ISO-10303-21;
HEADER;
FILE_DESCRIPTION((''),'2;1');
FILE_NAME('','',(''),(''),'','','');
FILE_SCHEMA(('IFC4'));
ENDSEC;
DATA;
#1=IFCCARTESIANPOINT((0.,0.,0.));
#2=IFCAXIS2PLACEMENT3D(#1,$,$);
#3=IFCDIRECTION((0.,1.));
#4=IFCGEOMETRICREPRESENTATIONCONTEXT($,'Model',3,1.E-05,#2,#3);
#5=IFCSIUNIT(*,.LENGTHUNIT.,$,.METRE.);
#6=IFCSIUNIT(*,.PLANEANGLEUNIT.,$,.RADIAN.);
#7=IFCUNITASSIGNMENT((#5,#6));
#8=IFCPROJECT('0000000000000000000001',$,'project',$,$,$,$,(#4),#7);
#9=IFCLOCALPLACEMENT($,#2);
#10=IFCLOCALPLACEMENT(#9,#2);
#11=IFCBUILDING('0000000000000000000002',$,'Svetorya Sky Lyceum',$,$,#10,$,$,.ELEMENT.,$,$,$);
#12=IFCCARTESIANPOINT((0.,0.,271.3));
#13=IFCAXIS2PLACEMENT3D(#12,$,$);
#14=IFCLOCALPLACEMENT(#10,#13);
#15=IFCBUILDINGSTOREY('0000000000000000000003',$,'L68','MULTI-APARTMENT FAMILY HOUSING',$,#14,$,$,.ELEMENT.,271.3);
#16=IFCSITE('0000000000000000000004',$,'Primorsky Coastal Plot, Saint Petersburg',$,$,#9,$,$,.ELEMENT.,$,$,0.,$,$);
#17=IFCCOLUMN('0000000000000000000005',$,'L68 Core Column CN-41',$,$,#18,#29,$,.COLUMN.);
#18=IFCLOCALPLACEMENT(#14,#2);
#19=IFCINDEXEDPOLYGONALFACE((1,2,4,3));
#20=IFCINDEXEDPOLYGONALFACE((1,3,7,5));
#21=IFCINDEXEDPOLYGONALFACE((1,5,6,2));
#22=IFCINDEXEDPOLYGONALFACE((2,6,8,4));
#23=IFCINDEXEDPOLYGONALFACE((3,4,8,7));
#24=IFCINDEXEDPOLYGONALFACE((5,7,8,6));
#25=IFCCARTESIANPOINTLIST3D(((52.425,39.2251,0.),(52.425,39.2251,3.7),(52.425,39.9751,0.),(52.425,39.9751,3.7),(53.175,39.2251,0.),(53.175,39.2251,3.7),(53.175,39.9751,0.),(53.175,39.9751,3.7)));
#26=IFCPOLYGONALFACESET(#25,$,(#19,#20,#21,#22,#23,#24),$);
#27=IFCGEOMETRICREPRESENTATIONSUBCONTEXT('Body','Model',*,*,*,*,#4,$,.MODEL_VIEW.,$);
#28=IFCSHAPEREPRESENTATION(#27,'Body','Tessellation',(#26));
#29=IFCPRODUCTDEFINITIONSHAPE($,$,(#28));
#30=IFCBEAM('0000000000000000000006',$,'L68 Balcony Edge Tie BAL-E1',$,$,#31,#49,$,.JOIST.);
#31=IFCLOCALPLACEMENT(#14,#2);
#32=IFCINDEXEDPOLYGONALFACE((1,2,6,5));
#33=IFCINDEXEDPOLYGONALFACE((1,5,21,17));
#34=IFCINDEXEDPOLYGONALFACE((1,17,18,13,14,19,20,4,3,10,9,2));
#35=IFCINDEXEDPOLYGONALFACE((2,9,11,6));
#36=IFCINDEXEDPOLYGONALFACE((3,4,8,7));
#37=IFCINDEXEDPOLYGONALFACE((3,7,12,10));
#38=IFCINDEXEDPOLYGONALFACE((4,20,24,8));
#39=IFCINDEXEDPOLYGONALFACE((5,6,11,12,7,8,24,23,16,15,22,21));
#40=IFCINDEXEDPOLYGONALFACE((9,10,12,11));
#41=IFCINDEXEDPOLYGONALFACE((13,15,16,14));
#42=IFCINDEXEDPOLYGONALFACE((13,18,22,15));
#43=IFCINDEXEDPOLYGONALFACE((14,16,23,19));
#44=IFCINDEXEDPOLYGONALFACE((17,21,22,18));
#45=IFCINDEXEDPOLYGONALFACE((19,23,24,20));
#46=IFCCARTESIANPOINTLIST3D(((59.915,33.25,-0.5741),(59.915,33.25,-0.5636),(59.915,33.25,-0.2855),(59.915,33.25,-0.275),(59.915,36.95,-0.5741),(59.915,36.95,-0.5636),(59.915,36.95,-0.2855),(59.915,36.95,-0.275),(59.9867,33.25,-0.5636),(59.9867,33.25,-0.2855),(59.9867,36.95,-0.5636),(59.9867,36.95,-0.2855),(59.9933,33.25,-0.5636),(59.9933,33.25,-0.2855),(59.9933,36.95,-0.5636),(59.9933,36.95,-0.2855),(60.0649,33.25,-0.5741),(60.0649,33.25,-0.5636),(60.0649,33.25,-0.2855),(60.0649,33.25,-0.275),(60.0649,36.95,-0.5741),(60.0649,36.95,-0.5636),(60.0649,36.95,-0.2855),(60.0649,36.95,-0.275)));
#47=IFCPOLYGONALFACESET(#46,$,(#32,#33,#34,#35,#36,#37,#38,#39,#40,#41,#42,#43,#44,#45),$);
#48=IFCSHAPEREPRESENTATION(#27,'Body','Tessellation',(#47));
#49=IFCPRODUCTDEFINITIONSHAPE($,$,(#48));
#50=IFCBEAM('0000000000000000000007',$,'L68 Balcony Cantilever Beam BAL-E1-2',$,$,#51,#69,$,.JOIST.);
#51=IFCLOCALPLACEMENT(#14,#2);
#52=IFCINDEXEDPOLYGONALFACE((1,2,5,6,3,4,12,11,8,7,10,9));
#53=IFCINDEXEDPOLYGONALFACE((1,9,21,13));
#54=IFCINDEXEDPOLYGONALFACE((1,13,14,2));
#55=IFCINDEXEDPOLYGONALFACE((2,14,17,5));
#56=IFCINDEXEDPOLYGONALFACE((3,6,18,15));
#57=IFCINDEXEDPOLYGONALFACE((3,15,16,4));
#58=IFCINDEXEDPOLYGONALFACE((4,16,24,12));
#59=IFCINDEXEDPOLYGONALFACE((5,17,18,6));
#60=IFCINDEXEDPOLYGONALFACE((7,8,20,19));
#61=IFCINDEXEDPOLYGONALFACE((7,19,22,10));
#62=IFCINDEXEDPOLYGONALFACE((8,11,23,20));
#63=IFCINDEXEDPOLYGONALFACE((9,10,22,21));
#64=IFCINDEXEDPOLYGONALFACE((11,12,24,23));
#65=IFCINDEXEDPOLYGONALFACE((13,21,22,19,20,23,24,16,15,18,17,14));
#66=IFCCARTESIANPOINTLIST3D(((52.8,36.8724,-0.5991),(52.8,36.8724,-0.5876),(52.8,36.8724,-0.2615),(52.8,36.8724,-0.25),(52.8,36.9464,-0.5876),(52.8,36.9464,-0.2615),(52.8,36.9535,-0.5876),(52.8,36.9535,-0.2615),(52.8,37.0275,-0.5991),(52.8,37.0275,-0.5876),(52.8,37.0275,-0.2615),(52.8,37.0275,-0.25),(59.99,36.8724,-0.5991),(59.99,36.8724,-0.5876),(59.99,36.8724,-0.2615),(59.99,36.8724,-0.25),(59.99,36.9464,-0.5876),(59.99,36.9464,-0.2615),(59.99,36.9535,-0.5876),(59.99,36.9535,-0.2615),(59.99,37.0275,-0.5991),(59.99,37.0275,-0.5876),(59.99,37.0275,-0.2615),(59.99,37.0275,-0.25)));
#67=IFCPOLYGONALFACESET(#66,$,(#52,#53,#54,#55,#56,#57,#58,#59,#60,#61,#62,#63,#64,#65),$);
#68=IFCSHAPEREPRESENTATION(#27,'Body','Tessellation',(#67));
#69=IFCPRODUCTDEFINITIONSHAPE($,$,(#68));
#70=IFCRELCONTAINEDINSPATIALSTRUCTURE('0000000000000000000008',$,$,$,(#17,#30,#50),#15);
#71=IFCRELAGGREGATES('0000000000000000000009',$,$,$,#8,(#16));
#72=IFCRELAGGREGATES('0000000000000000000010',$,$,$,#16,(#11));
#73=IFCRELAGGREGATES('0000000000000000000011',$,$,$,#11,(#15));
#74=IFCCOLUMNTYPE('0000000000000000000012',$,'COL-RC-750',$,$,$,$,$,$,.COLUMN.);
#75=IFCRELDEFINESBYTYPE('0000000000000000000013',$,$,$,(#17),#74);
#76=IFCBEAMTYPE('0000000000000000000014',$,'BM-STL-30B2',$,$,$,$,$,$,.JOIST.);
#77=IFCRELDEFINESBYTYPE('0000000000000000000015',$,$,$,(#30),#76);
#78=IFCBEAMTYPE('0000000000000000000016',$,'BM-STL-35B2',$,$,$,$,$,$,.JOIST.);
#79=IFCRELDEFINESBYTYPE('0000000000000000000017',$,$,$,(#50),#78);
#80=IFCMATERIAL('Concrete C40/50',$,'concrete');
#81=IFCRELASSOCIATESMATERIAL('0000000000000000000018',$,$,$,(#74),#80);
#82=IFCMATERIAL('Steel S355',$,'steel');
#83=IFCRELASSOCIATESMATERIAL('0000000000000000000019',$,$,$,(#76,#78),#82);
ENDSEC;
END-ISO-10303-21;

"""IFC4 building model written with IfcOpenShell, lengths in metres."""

from ifc_helpers import new_model, si_unit, direction, frame, origin, origin_2d, place, context, subcontext, project, spatial, rectangle, i_section, extrude, material, material_profile, profile_set, type_object, element, save


model = new_model("IFC4")

# Units and contexts
model_context = context("Model", 3, precision=1e-05, world=origin(), true_north=direction((0.0, 1.0)))
body_context = subcontext(model_context, "Body", "Model", "MODEL_VIEW")
ifc_project = project(units=[si_unit("LENGTHUNIT", "METRE"), si_unit("PLANEANGLEUNIT", "RADIAN")], contexts=[model_context])

# Site, building, storey
site_placement = place(None, origin())
site = spatial("IfcSite", under=ifc_project, at=site_placement, Name="Primorsky Coastal Plot, Saint Petersburg", CompositionType="ELEMENT", RefElevation=0.0)
building_placement = place(site_placement, origin())
building = spatial("IfcBuilding", under=site, at=building_placement, Name="Svetorya Sky Lyceum", CompositionType="ELEMENT")
storey_placement = place(building_placement, frame((0.0, 0.0, 271.3)))
storey = spatial("IfcBuildingStorey", under=building, at=storey_placement, Name="L68", Description="MULTI-APARTMENT FAMILY HOUSING", CompositionType="ELEMENT", Elevation=271.3)

# Column
ifc_material_1 = material(Name="Concrete C40/50", Category="concrete")
ifc_material_profile_1 = material_profile(ifc_material_1, rectangle(XDim=0.75, YDim=0.75, at=origin_2d()), Name="RC COL 750x750")
ifc_profile_set_1 = profile_set([ifc_material_profile_1], Name="Concrete C40/50")
column_type = type_object("IfcColumnType", Name="COL-RC-750", PredefinedType="COLUMN", material=ifc_profile_set_1)
column_placement = place(storey_placement, frame((52.8, 39.6001, 0.0), z_axis=(0.0, 0.0, 1.0), x_axis=(1.0, 0.0, 0.0)))
element("IfcColumn", 1, at=column_placement, inside=storey, type_object=column_type, Name="L68 Core Column CN-41", PredefinedType="COLUMN", context=body_context, shape_type="SweptSolid", body=[
    extrude(rectangle(XDim=0.75, YDim=0.75, at=origin_2d()), origin(), (0.0, 0.0, 1.0), 3.7),
])

# Beams
ifc_material_2 = material(Name="Steel S355", Category="steel")
ifc_material_profile_2 = material_profile(ifc_material_2, i_section(OverallWidth=0.1499, OverallDepth=0.2991, WebThickness=0.0066, FlangeThickness=0.0105, at=origin_2d()), Name="GOST 30B2")
ifc_profile_set_2 = profile_set([ifc_material_profile_2], Name="Steel S355")
beam_type_1 = type_object("IfcBeamType", Name="BM-STL-30B2", PredefinedType="JOIST", material=ifc_profile_set_2)
beam_1_placement = place(storey_placement, frame((59.99, 33.25, -0.4246), z_axis=(0.0, 1.0, 0.0), x_axis=(-1.0, 0.0, 0.0)))
element("IfcBeam", 2, at=beam_1_placement, inside=storey, type_object=beam_type_1, Name="L68 Balcony Edge Tie BAL-E1", PredefinedType="JOIST", context=body_context, shape_type="SweptSolid", body=[
    extrude(i_section(OverallWidth=0.1499, OverallDepth=0.2991, WebThickness=0.0066, FlangeThickness=0.0105, at=origin_2d()), origin(), (0.0, 0.0, 1.0), 3.7),
])
ifc_material_profile_3 = material_profile(ifc_material_2, i_section(OverallWidth=0.155, OverallDepth=0.3491, WebThickness=0.0071, FlangeThickness=0.0115, at=origin_2d()), Name="GOST 35B2")
ifc_profile_set_3 = profile_set([ifc_material_profile_3], Name="Steel S355")
beam_type_2 = type_object("IfcBeamType", Name="BM-STL-35B2", PredefinedType="JOIST", material=ifc_profile_set_3)
beam_2_placement = place(storey_placement, frame((52.8, 36.95, -0.4246), z_axis=(1.0, 0.0, 0.0), x_axis=(0.0, 1.0, 0.0)))
element("IfcBeam", 3, at=beam_2_placement, inside=storey, type_object=beam_type_2, Name="L68 Balcony Cantilever Beam BAL-E1-2", PredefinedType="JOIST", context=body_context, shape_type="SweptSolid", body=[
    extrude(i_section(OverallWidth=0.155, OverallDepth=0.3491, WebThickness=0.0071, FlangeThickness=0.0115, at=origin_2d()), origin(), (0.0, 0.0, 1.0), 7.1899),
])

save(model, "model.ifc")
